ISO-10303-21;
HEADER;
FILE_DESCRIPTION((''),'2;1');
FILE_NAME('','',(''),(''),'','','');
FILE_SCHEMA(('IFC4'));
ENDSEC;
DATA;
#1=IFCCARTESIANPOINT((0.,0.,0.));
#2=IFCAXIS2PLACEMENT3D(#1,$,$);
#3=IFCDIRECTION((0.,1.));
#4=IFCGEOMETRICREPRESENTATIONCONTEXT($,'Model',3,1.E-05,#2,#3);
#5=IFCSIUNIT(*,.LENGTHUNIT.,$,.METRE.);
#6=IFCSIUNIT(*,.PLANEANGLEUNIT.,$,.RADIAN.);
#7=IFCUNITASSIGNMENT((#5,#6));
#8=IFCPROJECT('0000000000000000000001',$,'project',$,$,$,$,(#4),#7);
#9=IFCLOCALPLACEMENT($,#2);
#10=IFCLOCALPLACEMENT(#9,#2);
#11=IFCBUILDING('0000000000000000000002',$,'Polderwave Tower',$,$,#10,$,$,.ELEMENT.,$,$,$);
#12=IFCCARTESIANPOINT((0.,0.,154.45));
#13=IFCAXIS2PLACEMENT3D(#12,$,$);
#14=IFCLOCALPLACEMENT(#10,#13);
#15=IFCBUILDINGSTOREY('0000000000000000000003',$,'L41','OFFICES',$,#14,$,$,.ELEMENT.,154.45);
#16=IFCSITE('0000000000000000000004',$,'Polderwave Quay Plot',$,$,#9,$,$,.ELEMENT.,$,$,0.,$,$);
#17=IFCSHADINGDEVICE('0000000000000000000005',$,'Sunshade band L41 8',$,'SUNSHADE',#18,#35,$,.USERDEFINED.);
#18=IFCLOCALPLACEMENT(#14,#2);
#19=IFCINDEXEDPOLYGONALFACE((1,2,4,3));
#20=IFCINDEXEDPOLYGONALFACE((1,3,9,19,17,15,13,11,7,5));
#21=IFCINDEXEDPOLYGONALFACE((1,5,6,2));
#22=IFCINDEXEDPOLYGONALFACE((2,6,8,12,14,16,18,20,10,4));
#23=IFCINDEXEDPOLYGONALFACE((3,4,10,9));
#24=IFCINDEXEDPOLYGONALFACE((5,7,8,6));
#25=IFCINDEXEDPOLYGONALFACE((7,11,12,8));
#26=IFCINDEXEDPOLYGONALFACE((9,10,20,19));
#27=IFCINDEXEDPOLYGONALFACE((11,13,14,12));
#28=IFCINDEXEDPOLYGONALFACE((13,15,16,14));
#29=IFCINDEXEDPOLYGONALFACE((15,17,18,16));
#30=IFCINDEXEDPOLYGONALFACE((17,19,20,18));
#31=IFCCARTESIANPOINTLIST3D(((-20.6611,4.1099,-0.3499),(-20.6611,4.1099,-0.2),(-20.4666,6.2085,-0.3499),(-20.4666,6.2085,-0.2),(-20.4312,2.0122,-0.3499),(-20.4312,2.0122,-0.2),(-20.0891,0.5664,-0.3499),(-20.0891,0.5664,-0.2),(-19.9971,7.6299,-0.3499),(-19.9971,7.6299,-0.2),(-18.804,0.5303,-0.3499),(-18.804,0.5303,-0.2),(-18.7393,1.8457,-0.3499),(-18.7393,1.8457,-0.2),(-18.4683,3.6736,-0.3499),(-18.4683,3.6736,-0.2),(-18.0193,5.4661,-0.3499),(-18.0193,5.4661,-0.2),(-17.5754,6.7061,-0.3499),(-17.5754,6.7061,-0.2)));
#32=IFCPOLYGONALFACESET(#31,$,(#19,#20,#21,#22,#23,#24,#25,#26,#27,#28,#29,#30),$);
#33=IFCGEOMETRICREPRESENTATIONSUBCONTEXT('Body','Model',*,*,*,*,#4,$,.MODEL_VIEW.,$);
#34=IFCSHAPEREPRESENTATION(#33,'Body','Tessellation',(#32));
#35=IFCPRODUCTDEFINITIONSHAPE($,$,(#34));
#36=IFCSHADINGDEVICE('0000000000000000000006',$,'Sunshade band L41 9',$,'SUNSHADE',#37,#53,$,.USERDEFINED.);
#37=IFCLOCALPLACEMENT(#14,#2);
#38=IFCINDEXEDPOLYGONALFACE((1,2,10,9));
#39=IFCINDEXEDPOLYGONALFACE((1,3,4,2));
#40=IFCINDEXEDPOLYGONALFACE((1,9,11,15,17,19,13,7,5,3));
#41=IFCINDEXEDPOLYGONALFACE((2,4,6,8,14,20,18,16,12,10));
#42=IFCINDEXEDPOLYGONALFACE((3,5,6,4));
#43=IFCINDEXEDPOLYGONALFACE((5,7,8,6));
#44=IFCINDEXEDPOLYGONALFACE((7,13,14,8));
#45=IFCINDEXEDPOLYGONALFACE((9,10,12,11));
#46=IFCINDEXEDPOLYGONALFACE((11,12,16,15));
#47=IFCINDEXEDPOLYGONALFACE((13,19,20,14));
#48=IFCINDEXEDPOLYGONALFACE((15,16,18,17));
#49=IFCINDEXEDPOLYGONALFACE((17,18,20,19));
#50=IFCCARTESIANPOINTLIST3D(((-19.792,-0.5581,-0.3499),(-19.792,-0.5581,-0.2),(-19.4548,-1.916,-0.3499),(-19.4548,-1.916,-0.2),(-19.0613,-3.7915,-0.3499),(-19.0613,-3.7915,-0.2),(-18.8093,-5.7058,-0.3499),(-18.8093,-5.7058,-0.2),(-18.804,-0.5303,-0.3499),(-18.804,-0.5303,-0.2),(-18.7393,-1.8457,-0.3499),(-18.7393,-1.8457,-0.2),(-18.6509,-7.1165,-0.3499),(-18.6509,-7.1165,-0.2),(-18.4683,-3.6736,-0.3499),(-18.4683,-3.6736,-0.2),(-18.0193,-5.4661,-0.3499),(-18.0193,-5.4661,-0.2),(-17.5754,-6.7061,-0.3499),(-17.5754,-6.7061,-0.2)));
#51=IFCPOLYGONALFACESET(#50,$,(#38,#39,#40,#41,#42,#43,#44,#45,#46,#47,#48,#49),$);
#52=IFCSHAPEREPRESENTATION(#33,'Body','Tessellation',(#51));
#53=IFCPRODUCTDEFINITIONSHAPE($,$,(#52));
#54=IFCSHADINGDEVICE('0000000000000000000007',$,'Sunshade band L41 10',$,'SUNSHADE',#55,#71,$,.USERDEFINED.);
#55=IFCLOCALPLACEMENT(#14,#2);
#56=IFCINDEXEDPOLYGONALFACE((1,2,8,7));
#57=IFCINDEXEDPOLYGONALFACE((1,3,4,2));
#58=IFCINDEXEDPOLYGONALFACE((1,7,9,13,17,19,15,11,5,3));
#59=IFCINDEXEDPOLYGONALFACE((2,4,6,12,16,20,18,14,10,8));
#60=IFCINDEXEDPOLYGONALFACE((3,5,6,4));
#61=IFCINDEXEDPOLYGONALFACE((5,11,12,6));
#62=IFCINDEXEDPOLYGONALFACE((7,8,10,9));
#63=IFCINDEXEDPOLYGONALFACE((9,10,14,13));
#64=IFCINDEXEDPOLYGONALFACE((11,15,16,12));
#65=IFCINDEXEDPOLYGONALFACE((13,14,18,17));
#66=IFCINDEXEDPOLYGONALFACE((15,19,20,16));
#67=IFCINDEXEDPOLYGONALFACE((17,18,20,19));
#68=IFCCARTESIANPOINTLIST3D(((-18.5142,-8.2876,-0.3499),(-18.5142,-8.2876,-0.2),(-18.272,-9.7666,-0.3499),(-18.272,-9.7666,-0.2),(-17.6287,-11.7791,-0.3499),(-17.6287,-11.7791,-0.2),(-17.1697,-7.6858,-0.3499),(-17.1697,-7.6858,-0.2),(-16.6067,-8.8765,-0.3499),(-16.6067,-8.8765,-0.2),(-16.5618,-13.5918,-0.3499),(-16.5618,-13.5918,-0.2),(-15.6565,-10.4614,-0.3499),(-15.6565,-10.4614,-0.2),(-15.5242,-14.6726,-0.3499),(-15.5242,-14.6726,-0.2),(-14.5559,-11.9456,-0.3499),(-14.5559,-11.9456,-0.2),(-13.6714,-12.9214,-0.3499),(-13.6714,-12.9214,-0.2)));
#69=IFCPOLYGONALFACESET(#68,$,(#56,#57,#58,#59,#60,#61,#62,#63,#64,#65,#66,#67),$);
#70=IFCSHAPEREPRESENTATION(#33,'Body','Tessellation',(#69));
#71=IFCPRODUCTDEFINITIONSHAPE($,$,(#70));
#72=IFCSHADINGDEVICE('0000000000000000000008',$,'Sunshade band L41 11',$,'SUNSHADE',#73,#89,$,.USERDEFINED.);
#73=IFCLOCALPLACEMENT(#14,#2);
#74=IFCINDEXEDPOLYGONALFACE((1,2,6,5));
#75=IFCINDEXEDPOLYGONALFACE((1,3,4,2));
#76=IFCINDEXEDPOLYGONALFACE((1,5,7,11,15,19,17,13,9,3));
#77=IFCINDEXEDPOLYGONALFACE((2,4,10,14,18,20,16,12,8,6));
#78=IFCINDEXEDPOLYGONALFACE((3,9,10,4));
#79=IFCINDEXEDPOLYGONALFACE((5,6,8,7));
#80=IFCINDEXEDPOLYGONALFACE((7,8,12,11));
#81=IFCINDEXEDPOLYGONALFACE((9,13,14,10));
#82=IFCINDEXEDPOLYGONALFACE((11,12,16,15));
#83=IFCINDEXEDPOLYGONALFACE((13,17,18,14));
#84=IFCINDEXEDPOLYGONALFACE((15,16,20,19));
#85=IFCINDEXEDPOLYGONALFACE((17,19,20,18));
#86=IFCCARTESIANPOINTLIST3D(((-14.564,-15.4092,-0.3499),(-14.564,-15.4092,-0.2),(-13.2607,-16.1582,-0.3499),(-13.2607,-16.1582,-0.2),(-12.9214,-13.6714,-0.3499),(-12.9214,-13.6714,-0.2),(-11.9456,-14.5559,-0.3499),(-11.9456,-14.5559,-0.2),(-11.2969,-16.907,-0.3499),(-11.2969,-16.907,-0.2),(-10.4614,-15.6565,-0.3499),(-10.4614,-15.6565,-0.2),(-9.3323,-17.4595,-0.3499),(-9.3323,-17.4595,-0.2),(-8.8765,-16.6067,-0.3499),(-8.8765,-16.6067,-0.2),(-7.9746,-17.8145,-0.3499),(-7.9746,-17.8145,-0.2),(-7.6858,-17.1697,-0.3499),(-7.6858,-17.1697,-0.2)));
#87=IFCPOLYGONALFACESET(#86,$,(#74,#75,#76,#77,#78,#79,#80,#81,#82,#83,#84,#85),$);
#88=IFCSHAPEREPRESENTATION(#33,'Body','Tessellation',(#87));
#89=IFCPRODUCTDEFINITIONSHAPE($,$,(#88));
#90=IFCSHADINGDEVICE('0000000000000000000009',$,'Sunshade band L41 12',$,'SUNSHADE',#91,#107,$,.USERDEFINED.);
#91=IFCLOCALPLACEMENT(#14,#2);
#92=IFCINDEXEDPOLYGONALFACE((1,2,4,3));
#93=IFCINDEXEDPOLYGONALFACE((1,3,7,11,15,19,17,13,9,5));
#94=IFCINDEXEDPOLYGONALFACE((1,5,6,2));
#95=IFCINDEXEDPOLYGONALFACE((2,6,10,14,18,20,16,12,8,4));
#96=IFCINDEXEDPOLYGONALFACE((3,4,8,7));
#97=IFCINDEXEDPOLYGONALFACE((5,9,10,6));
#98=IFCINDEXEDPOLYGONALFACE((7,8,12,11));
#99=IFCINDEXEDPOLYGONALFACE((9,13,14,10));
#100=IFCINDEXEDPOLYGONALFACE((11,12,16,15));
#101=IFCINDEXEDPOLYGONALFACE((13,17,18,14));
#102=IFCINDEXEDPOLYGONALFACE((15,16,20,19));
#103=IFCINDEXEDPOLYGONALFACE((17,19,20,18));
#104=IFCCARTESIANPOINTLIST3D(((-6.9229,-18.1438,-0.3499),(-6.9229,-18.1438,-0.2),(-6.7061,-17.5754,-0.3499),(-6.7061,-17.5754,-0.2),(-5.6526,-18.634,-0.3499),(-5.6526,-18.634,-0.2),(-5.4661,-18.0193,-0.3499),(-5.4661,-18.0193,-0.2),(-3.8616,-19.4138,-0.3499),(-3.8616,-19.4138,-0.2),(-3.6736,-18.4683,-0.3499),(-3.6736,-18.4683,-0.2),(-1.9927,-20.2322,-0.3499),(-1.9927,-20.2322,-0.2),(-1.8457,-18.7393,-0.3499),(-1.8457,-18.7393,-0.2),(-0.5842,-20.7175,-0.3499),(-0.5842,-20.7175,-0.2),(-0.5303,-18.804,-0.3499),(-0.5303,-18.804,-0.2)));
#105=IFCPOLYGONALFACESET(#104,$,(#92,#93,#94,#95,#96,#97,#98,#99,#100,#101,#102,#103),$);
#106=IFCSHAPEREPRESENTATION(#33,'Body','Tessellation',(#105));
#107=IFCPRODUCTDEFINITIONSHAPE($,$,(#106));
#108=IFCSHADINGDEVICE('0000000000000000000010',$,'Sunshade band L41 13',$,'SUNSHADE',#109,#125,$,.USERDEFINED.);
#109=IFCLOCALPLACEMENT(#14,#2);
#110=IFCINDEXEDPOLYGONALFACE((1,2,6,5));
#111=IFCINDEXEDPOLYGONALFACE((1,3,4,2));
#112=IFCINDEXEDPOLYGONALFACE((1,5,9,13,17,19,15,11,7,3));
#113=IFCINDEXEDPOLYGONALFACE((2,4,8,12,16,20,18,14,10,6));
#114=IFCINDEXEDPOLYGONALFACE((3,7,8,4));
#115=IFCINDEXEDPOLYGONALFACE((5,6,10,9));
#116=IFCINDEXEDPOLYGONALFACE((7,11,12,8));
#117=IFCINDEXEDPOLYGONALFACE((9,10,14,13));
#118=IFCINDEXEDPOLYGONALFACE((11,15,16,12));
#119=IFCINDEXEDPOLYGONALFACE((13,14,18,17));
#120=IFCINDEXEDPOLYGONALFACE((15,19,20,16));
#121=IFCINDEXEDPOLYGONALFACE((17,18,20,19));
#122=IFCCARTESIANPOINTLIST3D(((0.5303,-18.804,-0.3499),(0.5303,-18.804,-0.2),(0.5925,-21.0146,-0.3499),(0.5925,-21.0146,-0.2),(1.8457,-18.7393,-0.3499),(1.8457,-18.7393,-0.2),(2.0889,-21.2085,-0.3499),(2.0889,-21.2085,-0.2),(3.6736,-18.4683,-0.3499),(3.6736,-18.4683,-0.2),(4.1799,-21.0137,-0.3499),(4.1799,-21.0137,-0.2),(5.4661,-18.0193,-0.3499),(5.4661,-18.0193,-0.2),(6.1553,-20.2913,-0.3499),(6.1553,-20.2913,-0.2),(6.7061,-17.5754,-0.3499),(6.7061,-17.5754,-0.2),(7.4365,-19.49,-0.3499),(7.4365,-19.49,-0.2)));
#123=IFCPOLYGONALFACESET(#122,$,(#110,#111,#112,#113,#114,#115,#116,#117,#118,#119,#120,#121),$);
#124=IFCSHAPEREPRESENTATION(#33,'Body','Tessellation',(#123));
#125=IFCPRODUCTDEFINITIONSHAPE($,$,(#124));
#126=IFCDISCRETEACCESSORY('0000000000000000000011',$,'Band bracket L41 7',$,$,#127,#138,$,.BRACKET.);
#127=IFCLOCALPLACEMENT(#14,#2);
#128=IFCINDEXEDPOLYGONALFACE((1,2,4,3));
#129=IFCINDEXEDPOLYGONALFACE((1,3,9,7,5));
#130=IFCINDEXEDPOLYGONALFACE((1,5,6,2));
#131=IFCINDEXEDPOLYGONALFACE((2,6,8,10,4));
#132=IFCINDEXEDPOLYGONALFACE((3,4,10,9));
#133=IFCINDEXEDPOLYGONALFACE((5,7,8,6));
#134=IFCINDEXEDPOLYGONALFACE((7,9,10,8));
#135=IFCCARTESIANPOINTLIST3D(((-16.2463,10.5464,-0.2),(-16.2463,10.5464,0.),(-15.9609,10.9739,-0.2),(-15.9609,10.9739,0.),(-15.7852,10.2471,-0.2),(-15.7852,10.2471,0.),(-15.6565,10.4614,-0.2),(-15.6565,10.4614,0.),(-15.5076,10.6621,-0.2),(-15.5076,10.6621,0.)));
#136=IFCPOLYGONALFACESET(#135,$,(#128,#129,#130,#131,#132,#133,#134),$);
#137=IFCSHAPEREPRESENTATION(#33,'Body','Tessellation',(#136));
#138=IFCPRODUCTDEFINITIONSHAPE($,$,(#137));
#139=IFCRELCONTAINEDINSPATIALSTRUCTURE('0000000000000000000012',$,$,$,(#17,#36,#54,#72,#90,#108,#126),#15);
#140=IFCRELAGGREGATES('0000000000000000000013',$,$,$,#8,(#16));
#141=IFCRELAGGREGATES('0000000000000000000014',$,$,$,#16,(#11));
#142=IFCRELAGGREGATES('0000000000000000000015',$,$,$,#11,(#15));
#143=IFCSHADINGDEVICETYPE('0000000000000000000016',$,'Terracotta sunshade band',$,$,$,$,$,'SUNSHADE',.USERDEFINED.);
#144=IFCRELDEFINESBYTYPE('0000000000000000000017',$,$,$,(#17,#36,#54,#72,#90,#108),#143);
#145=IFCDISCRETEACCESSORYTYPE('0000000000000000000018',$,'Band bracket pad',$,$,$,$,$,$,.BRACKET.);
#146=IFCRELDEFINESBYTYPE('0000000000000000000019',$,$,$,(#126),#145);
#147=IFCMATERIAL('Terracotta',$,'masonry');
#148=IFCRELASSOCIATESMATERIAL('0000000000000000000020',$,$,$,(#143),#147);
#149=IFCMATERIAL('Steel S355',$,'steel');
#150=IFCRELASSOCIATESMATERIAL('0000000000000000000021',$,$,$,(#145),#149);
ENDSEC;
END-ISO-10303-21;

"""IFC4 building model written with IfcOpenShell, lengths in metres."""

from ifc_helpers import new_model, si_unit, direction, frame, origin, place, context, subcontext, project, spatial, polyline, outline, extrude, material, type_object, element, save


model = new_model("IFC4")

# Units and contexts
model_context = context("Model", 3, precision=1e-05, world=origin(), true_north=direction((0.0, 1.0)))
body_context = subcontext(model_context, "Body", "Model", "MODEL_VIEW")
ifc_project = project(units=[si_unit("LENGTHUNIT", "METRE"), si_unit("PLANEANGLEUNIT", "RADIAN")], contexts=[model_context])

# Site, building, storey
site_placement = place(None, origin())
site = spatial("IfcSite", under=ifc_project, at=site_placement, Name="Polderwave Quay Plot", CompositionType="ELEMENT", RefElevation=0.0)
building_placement = place(site_placement, origin())
building = spatial("IfcBuilding", under=site, at=building_placement, Name="Polderwave Tower", CompositionType="ELEMENT")
storey_placement = place(building_placement, frame((0.0, 0.0, 154.45)))
storey = spatial("IfcBuildingStorey", under=building, at=storey_placement, Name="L41", Description="OFFICES", CompositionType="ELEMENT", Elevation=154.45)

# Shading devices
ifc_material_1 = material(Name="Terracotta", Category="masonry")
shading_device_type = type_object("IfcShadingDeviceType", Name="Terracotta sunshade band", ElementType="SUNSHADE", PredefinedType="USERDEFINED", material=ifc_material_1)
shading_device_1_placement = place(storey_placement, frame((0.0, 0.0, -0.3499)))
element("IfcShadingDevice", 1, at=shading_device_1_placement, inside=storey, type_object=shading_device_type, Name="Sunshade band L41 8", ObjectType="SUNSHADE", PredefinedType="USERDEFINED", context=body_context, shape_type="SweptSolid", body=[
    extrude(outline(polyline([(-17.5754, 6.7061), (-18.0193, 5.4661), (-18.4683, 3.6736), (-18.7393, 1.8457), (-18.804, 0.5303), (-20.0891, 0.5664), (-20.4312, 2.0122), (-20.6611, 4.1099), (-20.4666, 6.2085), (-19.9971, 7.6299), (-17.5754, 6.7061)])), origin(), (0.0, 0.0, 1.0), 0.1499),
])
shading_device_2_placement = place(storey_placement, frame((0.0, 0.0, -0.3499)))
element("IfcShadingDevice", 2, at=shading_device_2_placement, inside=storey, type_object=shading_device_type, Name="Sunshade band L41 9", ObjectType="SUNSHADE", PredefinedType="USERDEFINED", context=body_context, shape_type="SweptSolid", body=[
    extrude(outline(polyline([(-18.804, -0.5303), (-18.7393, -1.8457), (-18.4683, -3.6736), (-18.0193, -5.4661), (-17.5754, -6.7061), (-18.6509, -7.1165), (-18.8093, -5.7058), (-19.0613, -3.7915), (-19.4548, -1.916), (-19.792, -0.5581), (-18.804, -0.5303)])), origin(), (0.0, 0.0, 1.0), 0.1499),
])
shading_device_3_placement = place(storey_placement, frame((0.0, 0.0, -0.3499)))
element("IfcShadingDevice", 3, at=shading_device_3_placement, inside=storey, type_object=shading_device_type, Name="Sunshade band L41 10", ObjectType="SUNSHADE", PredefinedType="USERDEFINED", context=body_context, shape_type="SweptSolid", body=[
    extrude(outline(polyline([(-17.1697, -7.6858), (-16.6067, -8.8765), (-15.6565, -10.4614), (-14.5559, -11.9456), (-13.6714, -12.9214), (-15.5242, -14.6726), (-16.5618, -13.5918), (-17.6287, -11.7791), (-18.272, -9.7666), (-18.5142, -8.2876), (-17.1697, -7.6858)])), origin(), (0.0, 0.0, 1.0), 0.1499),
])
shading_device_4_placement = place(storey_placement, frame((0.0, 0.0, -0.3499)))
element("IfcShadingDevice", 4, at=shading_device_4_placement, inside=storey, type_object=shading_device_type, Name="Sunshade band L41 11", ObjectType="SUNSHADE", PredefinedType="USERDEFINED", context=body_context, shape_type="SweptSolid", body=[
    extrude(outline(polyline([(-12.9214, -13.6714), (-11.9456, -14.5559), (-10.4614, -15.6565), (-8.8765, -16.6067), (-7.6858, -17.1697), (-7.9746, -17.8145), (-9.3323, -17.4595), (-11.2969, -16.907), (-13.2607, -16.1582), (-14.564, -15.4092), (-12.9214, -13.6714)])), origin(), (0.0, 0.0, 1.0), 0.1499),
])
shading_device_5_placement = place(storey_placement, frame((0.0, 0.0, -0.3499)))
element("IfcShadingDevice", 5, at=shading_device_5_placement, inside=storey, type_object=shading_device_type, Name="Sunshade band L41 12", ObjectType="SUNSHADE", PredefinedType="USERDEFINED", context=body_context, shape_type="SweptSolid", body=[
    extrude(outline(polyline([(-6.7061, -17.5754), (-5.4661, -18.0193), (-3.6736, -18.4683), (-1.8457, -18.7393), (-0.5303, -18.804), (-0.5842, -20.7175), (-1.9927, -20.2322), (-3.8616, -19.4138), (-5.6526, -18.634), (-6.9229, -18.1438), (-6.7061, -17.5754)])), origin(), (0.0, 0.0, 1.0), 0.1499),
])
shading_device_6_placement = place(storey_placement, frame((0.0, 0.0, -0.3499)))
element("IfcShadingDevice", 6, at=shading_device_6_placement, inside=storey, type_object=shading_device_type, Name="Sunshade band L41 13", ObjectType="SUNSHADE", PredefinedType="USERDEFINED", context=body_context, shape_type="SweptSolid", body=[
    extrude(outline(polyline([(0.5303, -18.804), (1.8457, -18.7393), (3.6736, -18.4683), (5.4661, -18.0193), (6.7061, -17.5754), (7.4365, -19.49), (6.1553, -20.2913), (4.1799, -21.0137), (2.0889, -21.2085), (0.5925, -21.0146), (0.5303, -18.804)])), origin(), (0.0, 0.0, 1.0), 0.1499),
])

# Discrete accessory
ifc_material_2 = material(Name="Steel S355", Category="steel")
discrete_accessory_type = type_object("IfcDiscreteAccessoryType", Name="Band bracket pad", PredefinedType="BRACKET", material=ifc_material_2)
discrete_accessory_placement = place(storey_placement, frame((0.0, 0.0, -0.2)))
element("IfcDiscreteAccessory", 7, at=discrete_accessory_placement, inside=storey, type_object=discrete_accessory_type, Name="Band bracket L41 7", PredefinedType="BRACKET", context=body_context, shape_type="SweptSolid", body=[
    extrude(outline(polyline([(-15.5076, 10.6621), (-15.6565, 10.4614), (-15.7852, 10.2471), (-16.2463, 10.5464), (-15.9609, 10.9739), (-15.5076, 10.6621)])), origin(), (0.0, 0.0, 1.0), 0.2),
])

save(model, "model.ifc")
